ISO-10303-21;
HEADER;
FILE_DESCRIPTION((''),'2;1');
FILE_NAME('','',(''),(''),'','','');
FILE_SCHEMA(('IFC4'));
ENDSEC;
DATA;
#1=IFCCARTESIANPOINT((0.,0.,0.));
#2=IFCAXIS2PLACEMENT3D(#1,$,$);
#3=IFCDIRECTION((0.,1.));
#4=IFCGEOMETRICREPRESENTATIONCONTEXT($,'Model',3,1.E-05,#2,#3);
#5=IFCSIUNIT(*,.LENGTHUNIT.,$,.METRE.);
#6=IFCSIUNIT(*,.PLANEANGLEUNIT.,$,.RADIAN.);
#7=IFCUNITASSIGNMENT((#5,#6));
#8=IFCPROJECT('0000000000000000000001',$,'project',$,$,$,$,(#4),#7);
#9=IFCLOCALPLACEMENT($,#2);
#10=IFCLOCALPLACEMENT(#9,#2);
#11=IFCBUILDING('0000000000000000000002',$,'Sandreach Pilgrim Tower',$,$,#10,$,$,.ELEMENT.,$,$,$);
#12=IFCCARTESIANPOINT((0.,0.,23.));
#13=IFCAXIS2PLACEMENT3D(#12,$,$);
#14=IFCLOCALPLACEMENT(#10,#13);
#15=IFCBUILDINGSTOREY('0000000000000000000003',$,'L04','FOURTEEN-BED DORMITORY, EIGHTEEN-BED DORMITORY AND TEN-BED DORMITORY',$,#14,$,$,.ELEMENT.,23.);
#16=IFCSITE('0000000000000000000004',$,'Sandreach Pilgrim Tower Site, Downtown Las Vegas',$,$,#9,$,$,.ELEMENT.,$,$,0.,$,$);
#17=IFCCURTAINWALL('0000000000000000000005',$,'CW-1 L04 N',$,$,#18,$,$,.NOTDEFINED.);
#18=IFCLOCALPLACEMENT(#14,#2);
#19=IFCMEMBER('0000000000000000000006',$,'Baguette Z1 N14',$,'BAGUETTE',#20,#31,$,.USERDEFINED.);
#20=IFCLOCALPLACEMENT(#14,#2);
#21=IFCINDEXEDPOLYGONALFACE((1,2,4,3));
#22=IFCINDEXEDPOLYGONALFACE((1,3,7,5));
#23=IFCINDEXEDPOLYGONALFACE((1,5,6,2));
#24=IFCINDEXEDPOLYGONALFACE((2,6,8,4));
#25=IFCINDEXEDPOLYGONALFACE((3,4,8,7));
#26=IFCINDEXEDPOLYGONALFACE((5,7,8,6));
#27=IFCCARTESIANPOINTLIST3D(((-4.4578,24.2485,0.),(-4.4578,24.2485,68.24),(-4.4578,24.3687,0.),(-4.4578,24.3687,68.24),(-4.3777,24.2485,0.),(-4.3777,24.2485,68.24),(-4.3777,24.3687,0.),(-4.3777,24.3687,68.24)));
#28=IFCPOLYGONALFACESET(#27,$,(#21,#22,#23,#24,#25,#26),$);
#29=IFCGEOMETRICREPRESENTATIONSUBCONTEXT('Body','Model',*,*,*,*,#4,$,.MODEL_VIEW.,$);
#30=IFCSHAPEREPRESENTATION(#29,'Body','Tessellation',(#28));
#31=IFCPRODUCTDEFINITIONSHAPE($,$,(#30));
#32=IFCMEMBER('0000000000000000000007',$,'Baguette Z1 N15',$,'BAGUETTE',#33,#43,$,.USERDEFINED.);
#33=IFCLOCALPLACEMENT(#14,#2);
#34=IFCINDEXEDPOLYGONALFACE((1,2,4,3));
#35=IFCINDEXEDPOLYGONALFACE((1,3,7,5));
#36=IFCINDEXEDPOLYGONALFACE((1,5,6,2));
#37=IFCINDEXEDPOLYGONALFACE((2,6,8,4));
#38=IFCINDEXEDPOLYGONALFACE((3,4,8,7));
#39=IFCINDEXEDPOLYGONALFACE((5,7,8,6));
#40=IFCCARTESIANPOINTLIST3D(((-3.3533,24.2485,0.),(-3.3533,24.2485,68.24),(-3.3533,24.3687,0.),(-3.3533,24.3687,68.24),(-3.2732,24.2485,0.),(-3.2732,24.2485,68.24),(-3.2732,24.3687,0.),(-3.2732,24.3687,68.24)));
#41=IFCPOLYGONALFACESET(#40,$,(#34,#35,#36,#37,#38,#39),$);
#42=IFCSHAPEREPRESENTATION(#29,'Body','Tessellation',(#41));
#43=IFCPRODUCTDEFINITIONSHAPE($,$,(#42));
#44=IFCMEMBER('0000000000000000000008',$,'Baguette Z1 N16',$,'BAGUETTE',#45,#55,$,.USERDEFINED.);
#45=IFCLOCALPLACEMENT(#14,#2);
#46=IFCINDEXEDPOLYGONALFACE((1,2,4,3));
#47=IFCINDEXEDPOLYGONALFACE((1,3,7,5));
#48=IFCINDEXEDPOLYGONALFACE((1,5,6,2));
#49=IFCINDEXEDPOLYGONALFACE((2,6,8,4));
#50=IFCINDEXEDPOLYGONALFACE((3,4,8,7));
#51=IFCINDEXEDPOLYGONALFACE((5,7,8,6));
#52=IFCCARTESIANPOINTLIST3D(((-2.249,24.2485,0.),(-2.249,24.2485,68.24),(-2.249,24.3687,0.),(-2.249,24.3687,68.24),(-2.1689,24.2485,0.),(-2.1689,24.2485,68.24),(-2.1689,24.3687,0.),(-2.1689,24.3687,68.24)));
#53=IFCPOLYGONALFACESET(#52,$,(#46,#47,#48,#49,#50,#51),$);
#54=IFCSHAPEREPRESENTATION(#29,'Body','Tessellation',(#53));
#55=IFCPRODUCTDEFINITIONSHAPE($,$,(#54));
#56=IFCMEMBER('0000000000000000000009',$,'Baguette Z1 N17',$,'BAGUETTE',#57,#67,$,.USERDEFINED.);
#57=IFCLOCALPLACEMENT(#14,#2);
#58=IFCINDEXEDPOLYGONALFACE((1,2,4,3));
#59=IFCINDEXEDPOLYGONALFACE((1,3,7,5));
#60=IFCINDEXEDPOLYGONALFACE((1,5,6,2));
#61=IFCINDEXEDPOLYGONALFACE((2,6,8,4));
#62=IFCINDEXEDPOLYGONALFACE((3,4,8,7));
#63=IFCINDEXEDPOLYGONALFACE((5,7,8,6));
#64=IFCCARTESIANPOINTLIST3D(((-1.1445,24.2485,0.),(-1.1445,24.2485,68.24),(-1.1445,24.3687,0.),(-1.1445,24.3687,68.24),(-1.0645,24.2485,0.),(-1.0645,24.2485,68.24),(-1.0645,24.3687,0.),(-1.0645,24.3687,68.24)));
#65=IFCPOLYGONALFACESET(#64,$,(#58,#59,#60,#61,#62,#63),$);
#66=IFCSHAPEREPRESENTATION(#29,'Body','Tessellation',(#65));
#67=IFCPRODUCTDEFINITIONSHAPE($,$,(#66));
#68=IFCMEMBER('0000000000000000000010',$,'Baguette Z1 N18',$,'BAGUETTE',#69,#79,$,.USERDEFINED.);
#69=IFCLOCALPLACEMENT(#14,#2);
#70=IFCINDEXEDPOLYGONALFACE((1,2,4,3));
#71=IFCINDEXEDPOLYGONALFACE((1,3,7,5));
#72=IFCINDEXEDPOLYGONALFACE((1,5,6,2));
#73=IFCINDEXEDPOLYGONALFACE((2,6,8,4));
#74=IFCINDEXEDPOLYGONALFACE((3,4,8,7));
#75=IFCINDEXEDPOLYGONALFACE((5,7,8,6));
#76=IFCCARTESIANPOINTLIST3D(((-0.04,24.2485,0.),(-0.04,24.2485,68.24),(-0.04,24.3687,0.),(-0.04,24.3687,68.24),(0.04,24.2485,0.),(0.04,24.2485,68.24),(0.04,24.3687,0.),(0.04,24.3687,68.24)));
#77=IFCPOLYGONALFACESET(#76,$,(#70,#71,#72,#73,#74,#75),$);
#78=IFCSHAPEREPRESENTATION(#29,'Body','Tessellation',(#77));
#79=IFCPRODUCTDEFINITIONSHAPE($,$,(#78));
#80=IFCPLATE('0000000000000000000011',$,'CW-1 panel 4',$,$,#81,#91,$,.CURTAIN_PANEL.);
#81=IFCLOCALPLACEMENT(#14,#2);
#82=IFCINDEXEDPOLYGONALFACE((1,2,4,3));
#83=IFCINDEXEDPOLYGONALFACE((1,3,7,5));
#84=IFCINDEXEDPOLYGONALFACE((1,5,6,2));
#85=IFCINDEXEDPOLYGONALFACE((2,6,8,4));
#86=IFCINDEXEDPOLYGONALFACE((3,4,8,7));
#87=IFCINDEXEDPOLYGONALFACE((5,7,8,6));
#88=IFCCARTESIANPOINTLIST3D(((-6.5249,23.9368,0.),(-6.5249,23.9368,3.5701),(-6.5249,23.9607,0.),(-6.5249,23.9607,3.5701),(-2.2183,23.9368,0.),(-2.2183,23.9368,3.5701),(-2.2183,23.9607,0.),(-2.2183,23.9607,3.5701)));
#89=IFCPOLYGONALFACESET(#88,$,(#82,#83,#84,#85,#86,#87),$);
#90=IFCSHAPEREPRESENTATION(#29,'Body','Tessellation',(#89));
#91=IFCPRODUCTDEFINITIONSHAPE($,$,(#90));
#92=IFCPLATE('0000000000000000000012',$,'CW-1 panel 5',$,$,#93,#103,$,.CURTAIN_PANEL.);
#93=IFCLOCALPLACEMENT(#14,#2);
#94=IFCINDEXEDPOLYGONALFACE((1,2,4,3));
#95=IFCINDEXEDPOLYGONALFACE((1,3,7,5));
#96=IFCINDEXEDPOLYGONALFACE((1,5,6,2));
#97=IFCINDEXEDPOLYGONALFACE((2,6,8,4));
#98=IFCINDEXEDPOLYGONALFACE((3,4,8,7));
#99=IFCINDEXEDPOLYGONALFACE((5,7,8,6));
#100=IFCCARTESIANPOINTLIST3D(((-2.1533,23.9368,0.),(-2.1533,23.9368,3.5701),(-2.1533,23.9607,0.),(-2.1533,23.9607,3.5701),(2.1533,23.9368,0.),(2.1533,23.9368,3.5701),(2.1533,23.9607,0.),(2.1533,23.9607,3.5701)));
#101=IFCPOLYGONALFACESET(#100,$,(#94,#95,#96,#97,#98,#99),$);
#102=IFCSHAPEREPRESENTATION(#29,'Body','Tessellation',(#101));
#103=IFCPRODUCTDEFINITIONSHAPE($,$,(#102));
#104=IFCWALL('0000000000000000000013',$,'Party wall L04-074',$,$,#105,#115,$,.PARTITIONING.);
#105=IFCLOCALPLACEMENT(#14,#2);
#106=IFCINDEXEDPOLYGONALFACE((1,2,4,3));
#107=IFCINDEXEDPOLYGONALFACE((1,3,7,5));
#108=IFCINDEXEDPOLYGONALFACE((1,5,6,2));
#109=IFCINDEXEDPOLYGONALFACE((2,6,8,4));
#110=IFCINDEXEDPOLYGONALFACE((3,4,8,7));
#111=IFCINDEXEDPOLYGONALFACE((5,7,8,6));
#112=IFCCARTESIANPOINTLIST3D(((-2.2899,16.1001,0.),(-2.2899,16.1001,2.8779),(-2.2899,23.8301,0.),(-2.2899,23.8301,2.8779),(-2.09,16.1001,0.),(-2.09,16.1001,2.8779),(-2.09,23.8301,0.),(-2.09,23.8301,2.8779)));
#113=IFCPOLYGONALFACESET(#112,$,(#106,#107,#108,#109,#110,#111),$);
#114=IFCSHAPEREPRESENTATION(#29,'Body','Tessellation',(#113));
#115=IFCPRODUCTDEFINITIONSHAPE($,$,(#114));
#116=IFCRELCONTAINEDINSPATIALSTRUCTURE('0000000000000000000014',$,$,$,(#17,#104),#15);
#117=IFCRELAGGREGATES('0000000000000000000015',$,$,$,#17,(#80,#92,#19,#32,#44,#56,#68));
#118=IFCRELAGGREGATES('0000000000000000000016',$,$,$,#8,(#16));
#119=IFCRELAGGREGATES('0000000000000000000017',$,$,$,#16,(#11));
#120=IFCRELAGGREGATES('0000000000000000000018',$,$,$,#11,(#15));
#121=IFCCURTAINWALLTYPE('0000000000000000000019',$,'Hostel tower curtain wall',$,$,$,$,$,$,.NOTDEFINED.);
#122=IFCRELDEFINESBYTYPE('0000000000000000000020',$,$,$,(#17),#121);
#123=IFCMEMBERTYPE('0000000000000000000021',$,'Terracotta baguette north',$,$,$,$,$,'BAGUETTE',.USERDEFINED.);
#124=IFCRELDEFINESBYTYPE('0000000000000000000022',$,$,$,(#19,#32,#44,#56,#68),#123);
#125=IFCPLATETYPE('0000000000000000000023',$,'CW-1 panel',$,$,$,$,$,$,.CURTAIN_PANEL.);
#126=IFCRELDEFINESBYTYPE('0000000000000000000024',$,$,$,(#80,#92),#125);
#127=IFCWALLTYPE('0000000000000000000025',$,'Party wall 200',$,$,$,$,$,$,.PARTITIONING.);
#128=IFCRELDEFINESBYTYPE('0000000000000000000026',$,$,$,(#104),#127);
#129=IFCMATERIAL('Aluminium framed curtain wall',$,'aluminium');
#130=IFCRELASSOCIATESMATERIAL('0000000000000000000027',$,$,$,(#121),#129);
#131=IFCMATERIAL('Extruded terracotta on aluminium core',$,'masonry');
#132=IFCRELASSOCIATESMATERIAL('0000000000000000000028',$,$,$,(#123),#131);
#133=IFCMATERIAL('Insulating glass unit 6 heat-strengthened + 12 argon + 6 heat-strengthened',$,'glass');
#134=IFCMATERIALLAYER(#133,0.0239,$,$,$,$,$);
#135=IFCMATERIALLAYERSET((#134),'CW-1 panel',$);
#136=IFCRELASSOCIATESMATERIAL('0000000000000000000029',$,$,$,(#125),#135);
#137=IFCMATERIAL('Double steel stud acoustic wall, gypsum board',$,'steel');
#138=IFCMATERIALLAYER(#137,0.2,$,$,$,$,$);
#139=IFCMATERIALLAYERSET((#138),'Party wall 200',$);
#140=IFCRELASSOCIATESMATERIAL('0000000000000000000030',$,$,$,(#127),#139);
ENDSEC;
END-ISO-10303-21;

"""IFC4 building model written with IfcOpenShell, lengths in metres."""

from ifc_helpers import new_model, si_unit, direction, frame, frame_2d, origin, origin_2d, place, context, subcontext, project, spatial, rectangle, extrude, material, layer, layer_set, material_profile, profile_set, type_object, element, aggregate, save


model = new_model("IFC4")

# Units and contexts
model_context = context("Model", 3, precision=1e-05, world=origin(), true_north=direction((0.0, 1.0)))
body_context = subcontext(model_context, "Body", "Model", "MODEL_VIEW")
ifc_project = project(units=[si_unit("LENGTHUNIT", "METRE"), si_unit("PLANEANGLEUNIT", "RADIAN")], contexts=[model_context])

# Site, building, storey
site_placement = place(None, origin())
site = spatial("IfcSite", under=ifc_project, at=site_placement, Name="Sandreach Pilgrim Tower Site, Downtown Las Vegas", CompositionType="ELEMENT", RefElevation=0.0)
building_placement = place(site_placement, origin())
building = spatial("IfcBuilding", under=site, at=building_placement, Name="Sandreach Pilgrim Tower", CompositionType="ELEMENT")
storey_placement = place(building_placement, frame((0.0, 0.0, 23.0)))
storey = spatial("IfcBuildingStorey", under=building, at=storey_placement, Name="L04", Description="FOURTEEN-BED DORMITORY, EIGHTEEN-BED DORMITORY AND TEN-BED DORMITORY", CompositionType="ELEMENT", Elevation=23.0)

# Curtain wall
ifc_material_1 = material(Name="Aluminium framed curtain wall", Category="aluminium")
curtain_wall_type = type_object("IfcCurtainWallType", Name="Hostel tower curtain wall", PredefinedType="NOTDEFINED", material=ifc_material_1)
curtain_wall_placement = place(storey_placement, origin())
curtain_wall = element("IfcCurtainWall", 1, at=curtain_wall_placement, inside=storey, type_object=curtain_wall_type, Name="CW-1 L04 N", PredefinedType="NOTDEFINED")

# Members
ifc_material_2 = material(Name="Extruded terracotta on aluminium core", Category="masonry")
ifc_material_profile_1 = material_profile(ifc_material_2, rectangle(XDim=0.0801, YDim=0.1201, at=origin_2d()), Name="TBN 80X120")
ifc_profile_set_1 = profile_set([ifc_material_profile_1], Name="Extruded terracotta on aluminium core")
member_type_1 = type_object("IfcMemberType", Name="Terracotta baguette north", ElementType="BAGUETTE", PredefinedType="USERDEFINED", material=ifc_profile_set_1)
member_1_placement = place(storey_placement, frame((-4.4177, 24.3086, 0.0), z_axis=(0.0, 0.0, 1.0), x_axis=(1.0, 0.0, 0.0)))
member_1 = element("IfcMember", 2, at=member_1_placement, type_object=member_type_1, Name="Baguette Z1 N14", ObjectType="BAGUETTE", PredefinedType="USERDEFINED", context=body_context, shape_type="SweptSolid", body=[
    extrude(rectangle(XDim=0.0801, YDim=0.1201, at=origin_2d()), origin(), (0.0, 0.0, 1.0), 68.24),
])
member_2_placement = place(storey_placement, frame((-3.3132, 24.3086, 0.0), z_axis=(0.0, 0.0, 1.0), x_axis=(1.0, 0.0, 0.0)))
member_2 = element("IfcMember", 3, at=member_2_placement, type_object=member_type_1, Name="Baguette Z1 N15", ObjectType="BAGUETTE", PredefinedType="USERDEFINED", context=body_context, shape_type="SweptSolid", body=[
    extrude(rectangle(XDim=0.0801, YDim=0.1201, at=origin_2d()), origin(), (0.0, 0.0, 1.0), 68.24),
])
member_3_placement = place(storey_placement, frame((-2.209, 24.3086, 0.0), z_axis=(0.0, 0.0, 1.0), x_axis=(1.0, 0.0, 0.0)))
member_3 = element("IfcMember", 4, at=member_3_placement, type_object=member_type_1, Name="Baguette Z1 N16", ObjectType="BAGUETTE", PredefinedType="USERDEFINED", context=body_context, shape_type="SweptSolid", body=[
    extrude(rectangle(XDim=0.0801, YDim=0.1201, at=origin_2d()), origin(), (0.0, 0.0, 1.0), 68.24),
])
member_4_placement = place(storey_placement, frame((-1.1045, 24.3086, 0.0), z_axis=(0.0, 0.0, 1.0), x_axis=(1.0, 0.0, 0.0)))
member_4 = element("IfcMember", 5, at=member_4_placement, type_object=member_type_1, Name="Baguette Z1 N17", ObjectType="BAGUETTE", PredefinedType="USERDEFINED", context=body_context, shape_type="SweptSolid", body=[
    extrude(rectangle(XDim=0.0801, YDim=0.1201, at=origin_2d()), origin(), (0.0, 0.0, 1.0), 68.24),
])
member_5_placement = place(storey_placement, frame((0.0, 24.3086, 0.0), z_axis=(0.0, 0.0, 1.0), x_axis=(1.0, 0.0, 0.0)))
member_5 = element("IfcMember", 6, at=member_5_placement, type_object=member_type_1, Name="Baguette Z1 N18", ObjectType="BAGUETTE", PredefinedType="USERDEFINED", context=body_context, shape_type="SweptSolid", body=[
    extrude(rectangle(XDim=0.0801, YDim=0.1201, at=origin_2d()), origin(), (0.0, 0.0, 1.0), 68.24),
])

# Plates
ifc_material_3 = material(Name="Insulating glass unit 6 heat-strengthened + 12 argon + 6 heat-strengthened", Category="glass")
ifc_layer_1 = layer(ifc_material_3, 0.0239)
ifc_layer_set_1 = layer_set([ifc_layer_1], Name="CW-1 panel")
plate_type = type_object("IfcPlateType", Name="CW-1 panel", PredefinedType="CURTAIN_PANEL", material=ifc_layer_set_1)
plate_1_placement = place(storey_placement, frame((-4.3716, 23.9487, 0.0), z_axis=(0.0, 0.0, 1.0), x_axis=(1.0, 0.0, 0.0)))
plate_1 = element("IfcPlate", 7, at=plate_1_placement, type_object=plate_type, Name="CW-1 panel 4", PredefinedType="CURTAIN_PANEL", context=body_context, shape_type="SweptSolid", body=[
    extrude(rectangle(XDim=4.3066, YDim=0.0239, at=origin_2d()), origin(), (0.0, 0.0, 1.0), 3.5701),
])
plate_2_placement = place(storey_placement, frame((0.0, 23.9487, 0.0), z_axis=(0.0, 0.0, 1.0), x_axis=(1.0, 0.0, 0.0)))
plate_2 = element("IfcPlate", 8, at=plate_2_placement, type_object=plate_type, Name="CW-1 panel 5", PredefinedType="CURTAIN_PANEL", context=body_context, shape_type="SweptSolid", body=[
    extrude(rectangle(XDim=4.3066, YDim=0.0239, at=origin_2d()), origin(), (0.0, 0.0, 1.0), 3.5701),
])
aggregate(curtain_wall, [plate_1, plate_2, member_1, member_2, member_3, member_4, member_5])

# Wall
ifc_material_4 = material(Name="Double steel stud acoustic wall, gypsum board", Category="steel")
ifc_layer_2 = layer(ifc_material_4, 0.2)
ifc_layer_set_2 = layer_set([ifc_layer_2], Name="Party wall 200")
wall_type = type_object("IfcWallType", Name="Party wall 200", PredefinedType="PARTITIONING", material=ifc_layer_set_2)
wall_placement = place(storey_placement, frame((-2.1899, 23.8301, 0.0), z_axis=(0.0, 0.0, 1.0), x_axis=(0.0, -1.0, 0.0)))
element("IfcWall", 9, at=wall_placement, inside=storey, type_object=wall_type, Name="Party wall L04-074", PredefinedType="PARTITIONING", context=body_context, shape_type="SweptSolid", body=[
    extrude(rectangle(XDim=7.73, YDim=0.2, at=frame_2d((3.865, 0.0))), origin(), (0.0, 0.0, 1.0), 2.8779),
])

save(model, "model.ifc")
